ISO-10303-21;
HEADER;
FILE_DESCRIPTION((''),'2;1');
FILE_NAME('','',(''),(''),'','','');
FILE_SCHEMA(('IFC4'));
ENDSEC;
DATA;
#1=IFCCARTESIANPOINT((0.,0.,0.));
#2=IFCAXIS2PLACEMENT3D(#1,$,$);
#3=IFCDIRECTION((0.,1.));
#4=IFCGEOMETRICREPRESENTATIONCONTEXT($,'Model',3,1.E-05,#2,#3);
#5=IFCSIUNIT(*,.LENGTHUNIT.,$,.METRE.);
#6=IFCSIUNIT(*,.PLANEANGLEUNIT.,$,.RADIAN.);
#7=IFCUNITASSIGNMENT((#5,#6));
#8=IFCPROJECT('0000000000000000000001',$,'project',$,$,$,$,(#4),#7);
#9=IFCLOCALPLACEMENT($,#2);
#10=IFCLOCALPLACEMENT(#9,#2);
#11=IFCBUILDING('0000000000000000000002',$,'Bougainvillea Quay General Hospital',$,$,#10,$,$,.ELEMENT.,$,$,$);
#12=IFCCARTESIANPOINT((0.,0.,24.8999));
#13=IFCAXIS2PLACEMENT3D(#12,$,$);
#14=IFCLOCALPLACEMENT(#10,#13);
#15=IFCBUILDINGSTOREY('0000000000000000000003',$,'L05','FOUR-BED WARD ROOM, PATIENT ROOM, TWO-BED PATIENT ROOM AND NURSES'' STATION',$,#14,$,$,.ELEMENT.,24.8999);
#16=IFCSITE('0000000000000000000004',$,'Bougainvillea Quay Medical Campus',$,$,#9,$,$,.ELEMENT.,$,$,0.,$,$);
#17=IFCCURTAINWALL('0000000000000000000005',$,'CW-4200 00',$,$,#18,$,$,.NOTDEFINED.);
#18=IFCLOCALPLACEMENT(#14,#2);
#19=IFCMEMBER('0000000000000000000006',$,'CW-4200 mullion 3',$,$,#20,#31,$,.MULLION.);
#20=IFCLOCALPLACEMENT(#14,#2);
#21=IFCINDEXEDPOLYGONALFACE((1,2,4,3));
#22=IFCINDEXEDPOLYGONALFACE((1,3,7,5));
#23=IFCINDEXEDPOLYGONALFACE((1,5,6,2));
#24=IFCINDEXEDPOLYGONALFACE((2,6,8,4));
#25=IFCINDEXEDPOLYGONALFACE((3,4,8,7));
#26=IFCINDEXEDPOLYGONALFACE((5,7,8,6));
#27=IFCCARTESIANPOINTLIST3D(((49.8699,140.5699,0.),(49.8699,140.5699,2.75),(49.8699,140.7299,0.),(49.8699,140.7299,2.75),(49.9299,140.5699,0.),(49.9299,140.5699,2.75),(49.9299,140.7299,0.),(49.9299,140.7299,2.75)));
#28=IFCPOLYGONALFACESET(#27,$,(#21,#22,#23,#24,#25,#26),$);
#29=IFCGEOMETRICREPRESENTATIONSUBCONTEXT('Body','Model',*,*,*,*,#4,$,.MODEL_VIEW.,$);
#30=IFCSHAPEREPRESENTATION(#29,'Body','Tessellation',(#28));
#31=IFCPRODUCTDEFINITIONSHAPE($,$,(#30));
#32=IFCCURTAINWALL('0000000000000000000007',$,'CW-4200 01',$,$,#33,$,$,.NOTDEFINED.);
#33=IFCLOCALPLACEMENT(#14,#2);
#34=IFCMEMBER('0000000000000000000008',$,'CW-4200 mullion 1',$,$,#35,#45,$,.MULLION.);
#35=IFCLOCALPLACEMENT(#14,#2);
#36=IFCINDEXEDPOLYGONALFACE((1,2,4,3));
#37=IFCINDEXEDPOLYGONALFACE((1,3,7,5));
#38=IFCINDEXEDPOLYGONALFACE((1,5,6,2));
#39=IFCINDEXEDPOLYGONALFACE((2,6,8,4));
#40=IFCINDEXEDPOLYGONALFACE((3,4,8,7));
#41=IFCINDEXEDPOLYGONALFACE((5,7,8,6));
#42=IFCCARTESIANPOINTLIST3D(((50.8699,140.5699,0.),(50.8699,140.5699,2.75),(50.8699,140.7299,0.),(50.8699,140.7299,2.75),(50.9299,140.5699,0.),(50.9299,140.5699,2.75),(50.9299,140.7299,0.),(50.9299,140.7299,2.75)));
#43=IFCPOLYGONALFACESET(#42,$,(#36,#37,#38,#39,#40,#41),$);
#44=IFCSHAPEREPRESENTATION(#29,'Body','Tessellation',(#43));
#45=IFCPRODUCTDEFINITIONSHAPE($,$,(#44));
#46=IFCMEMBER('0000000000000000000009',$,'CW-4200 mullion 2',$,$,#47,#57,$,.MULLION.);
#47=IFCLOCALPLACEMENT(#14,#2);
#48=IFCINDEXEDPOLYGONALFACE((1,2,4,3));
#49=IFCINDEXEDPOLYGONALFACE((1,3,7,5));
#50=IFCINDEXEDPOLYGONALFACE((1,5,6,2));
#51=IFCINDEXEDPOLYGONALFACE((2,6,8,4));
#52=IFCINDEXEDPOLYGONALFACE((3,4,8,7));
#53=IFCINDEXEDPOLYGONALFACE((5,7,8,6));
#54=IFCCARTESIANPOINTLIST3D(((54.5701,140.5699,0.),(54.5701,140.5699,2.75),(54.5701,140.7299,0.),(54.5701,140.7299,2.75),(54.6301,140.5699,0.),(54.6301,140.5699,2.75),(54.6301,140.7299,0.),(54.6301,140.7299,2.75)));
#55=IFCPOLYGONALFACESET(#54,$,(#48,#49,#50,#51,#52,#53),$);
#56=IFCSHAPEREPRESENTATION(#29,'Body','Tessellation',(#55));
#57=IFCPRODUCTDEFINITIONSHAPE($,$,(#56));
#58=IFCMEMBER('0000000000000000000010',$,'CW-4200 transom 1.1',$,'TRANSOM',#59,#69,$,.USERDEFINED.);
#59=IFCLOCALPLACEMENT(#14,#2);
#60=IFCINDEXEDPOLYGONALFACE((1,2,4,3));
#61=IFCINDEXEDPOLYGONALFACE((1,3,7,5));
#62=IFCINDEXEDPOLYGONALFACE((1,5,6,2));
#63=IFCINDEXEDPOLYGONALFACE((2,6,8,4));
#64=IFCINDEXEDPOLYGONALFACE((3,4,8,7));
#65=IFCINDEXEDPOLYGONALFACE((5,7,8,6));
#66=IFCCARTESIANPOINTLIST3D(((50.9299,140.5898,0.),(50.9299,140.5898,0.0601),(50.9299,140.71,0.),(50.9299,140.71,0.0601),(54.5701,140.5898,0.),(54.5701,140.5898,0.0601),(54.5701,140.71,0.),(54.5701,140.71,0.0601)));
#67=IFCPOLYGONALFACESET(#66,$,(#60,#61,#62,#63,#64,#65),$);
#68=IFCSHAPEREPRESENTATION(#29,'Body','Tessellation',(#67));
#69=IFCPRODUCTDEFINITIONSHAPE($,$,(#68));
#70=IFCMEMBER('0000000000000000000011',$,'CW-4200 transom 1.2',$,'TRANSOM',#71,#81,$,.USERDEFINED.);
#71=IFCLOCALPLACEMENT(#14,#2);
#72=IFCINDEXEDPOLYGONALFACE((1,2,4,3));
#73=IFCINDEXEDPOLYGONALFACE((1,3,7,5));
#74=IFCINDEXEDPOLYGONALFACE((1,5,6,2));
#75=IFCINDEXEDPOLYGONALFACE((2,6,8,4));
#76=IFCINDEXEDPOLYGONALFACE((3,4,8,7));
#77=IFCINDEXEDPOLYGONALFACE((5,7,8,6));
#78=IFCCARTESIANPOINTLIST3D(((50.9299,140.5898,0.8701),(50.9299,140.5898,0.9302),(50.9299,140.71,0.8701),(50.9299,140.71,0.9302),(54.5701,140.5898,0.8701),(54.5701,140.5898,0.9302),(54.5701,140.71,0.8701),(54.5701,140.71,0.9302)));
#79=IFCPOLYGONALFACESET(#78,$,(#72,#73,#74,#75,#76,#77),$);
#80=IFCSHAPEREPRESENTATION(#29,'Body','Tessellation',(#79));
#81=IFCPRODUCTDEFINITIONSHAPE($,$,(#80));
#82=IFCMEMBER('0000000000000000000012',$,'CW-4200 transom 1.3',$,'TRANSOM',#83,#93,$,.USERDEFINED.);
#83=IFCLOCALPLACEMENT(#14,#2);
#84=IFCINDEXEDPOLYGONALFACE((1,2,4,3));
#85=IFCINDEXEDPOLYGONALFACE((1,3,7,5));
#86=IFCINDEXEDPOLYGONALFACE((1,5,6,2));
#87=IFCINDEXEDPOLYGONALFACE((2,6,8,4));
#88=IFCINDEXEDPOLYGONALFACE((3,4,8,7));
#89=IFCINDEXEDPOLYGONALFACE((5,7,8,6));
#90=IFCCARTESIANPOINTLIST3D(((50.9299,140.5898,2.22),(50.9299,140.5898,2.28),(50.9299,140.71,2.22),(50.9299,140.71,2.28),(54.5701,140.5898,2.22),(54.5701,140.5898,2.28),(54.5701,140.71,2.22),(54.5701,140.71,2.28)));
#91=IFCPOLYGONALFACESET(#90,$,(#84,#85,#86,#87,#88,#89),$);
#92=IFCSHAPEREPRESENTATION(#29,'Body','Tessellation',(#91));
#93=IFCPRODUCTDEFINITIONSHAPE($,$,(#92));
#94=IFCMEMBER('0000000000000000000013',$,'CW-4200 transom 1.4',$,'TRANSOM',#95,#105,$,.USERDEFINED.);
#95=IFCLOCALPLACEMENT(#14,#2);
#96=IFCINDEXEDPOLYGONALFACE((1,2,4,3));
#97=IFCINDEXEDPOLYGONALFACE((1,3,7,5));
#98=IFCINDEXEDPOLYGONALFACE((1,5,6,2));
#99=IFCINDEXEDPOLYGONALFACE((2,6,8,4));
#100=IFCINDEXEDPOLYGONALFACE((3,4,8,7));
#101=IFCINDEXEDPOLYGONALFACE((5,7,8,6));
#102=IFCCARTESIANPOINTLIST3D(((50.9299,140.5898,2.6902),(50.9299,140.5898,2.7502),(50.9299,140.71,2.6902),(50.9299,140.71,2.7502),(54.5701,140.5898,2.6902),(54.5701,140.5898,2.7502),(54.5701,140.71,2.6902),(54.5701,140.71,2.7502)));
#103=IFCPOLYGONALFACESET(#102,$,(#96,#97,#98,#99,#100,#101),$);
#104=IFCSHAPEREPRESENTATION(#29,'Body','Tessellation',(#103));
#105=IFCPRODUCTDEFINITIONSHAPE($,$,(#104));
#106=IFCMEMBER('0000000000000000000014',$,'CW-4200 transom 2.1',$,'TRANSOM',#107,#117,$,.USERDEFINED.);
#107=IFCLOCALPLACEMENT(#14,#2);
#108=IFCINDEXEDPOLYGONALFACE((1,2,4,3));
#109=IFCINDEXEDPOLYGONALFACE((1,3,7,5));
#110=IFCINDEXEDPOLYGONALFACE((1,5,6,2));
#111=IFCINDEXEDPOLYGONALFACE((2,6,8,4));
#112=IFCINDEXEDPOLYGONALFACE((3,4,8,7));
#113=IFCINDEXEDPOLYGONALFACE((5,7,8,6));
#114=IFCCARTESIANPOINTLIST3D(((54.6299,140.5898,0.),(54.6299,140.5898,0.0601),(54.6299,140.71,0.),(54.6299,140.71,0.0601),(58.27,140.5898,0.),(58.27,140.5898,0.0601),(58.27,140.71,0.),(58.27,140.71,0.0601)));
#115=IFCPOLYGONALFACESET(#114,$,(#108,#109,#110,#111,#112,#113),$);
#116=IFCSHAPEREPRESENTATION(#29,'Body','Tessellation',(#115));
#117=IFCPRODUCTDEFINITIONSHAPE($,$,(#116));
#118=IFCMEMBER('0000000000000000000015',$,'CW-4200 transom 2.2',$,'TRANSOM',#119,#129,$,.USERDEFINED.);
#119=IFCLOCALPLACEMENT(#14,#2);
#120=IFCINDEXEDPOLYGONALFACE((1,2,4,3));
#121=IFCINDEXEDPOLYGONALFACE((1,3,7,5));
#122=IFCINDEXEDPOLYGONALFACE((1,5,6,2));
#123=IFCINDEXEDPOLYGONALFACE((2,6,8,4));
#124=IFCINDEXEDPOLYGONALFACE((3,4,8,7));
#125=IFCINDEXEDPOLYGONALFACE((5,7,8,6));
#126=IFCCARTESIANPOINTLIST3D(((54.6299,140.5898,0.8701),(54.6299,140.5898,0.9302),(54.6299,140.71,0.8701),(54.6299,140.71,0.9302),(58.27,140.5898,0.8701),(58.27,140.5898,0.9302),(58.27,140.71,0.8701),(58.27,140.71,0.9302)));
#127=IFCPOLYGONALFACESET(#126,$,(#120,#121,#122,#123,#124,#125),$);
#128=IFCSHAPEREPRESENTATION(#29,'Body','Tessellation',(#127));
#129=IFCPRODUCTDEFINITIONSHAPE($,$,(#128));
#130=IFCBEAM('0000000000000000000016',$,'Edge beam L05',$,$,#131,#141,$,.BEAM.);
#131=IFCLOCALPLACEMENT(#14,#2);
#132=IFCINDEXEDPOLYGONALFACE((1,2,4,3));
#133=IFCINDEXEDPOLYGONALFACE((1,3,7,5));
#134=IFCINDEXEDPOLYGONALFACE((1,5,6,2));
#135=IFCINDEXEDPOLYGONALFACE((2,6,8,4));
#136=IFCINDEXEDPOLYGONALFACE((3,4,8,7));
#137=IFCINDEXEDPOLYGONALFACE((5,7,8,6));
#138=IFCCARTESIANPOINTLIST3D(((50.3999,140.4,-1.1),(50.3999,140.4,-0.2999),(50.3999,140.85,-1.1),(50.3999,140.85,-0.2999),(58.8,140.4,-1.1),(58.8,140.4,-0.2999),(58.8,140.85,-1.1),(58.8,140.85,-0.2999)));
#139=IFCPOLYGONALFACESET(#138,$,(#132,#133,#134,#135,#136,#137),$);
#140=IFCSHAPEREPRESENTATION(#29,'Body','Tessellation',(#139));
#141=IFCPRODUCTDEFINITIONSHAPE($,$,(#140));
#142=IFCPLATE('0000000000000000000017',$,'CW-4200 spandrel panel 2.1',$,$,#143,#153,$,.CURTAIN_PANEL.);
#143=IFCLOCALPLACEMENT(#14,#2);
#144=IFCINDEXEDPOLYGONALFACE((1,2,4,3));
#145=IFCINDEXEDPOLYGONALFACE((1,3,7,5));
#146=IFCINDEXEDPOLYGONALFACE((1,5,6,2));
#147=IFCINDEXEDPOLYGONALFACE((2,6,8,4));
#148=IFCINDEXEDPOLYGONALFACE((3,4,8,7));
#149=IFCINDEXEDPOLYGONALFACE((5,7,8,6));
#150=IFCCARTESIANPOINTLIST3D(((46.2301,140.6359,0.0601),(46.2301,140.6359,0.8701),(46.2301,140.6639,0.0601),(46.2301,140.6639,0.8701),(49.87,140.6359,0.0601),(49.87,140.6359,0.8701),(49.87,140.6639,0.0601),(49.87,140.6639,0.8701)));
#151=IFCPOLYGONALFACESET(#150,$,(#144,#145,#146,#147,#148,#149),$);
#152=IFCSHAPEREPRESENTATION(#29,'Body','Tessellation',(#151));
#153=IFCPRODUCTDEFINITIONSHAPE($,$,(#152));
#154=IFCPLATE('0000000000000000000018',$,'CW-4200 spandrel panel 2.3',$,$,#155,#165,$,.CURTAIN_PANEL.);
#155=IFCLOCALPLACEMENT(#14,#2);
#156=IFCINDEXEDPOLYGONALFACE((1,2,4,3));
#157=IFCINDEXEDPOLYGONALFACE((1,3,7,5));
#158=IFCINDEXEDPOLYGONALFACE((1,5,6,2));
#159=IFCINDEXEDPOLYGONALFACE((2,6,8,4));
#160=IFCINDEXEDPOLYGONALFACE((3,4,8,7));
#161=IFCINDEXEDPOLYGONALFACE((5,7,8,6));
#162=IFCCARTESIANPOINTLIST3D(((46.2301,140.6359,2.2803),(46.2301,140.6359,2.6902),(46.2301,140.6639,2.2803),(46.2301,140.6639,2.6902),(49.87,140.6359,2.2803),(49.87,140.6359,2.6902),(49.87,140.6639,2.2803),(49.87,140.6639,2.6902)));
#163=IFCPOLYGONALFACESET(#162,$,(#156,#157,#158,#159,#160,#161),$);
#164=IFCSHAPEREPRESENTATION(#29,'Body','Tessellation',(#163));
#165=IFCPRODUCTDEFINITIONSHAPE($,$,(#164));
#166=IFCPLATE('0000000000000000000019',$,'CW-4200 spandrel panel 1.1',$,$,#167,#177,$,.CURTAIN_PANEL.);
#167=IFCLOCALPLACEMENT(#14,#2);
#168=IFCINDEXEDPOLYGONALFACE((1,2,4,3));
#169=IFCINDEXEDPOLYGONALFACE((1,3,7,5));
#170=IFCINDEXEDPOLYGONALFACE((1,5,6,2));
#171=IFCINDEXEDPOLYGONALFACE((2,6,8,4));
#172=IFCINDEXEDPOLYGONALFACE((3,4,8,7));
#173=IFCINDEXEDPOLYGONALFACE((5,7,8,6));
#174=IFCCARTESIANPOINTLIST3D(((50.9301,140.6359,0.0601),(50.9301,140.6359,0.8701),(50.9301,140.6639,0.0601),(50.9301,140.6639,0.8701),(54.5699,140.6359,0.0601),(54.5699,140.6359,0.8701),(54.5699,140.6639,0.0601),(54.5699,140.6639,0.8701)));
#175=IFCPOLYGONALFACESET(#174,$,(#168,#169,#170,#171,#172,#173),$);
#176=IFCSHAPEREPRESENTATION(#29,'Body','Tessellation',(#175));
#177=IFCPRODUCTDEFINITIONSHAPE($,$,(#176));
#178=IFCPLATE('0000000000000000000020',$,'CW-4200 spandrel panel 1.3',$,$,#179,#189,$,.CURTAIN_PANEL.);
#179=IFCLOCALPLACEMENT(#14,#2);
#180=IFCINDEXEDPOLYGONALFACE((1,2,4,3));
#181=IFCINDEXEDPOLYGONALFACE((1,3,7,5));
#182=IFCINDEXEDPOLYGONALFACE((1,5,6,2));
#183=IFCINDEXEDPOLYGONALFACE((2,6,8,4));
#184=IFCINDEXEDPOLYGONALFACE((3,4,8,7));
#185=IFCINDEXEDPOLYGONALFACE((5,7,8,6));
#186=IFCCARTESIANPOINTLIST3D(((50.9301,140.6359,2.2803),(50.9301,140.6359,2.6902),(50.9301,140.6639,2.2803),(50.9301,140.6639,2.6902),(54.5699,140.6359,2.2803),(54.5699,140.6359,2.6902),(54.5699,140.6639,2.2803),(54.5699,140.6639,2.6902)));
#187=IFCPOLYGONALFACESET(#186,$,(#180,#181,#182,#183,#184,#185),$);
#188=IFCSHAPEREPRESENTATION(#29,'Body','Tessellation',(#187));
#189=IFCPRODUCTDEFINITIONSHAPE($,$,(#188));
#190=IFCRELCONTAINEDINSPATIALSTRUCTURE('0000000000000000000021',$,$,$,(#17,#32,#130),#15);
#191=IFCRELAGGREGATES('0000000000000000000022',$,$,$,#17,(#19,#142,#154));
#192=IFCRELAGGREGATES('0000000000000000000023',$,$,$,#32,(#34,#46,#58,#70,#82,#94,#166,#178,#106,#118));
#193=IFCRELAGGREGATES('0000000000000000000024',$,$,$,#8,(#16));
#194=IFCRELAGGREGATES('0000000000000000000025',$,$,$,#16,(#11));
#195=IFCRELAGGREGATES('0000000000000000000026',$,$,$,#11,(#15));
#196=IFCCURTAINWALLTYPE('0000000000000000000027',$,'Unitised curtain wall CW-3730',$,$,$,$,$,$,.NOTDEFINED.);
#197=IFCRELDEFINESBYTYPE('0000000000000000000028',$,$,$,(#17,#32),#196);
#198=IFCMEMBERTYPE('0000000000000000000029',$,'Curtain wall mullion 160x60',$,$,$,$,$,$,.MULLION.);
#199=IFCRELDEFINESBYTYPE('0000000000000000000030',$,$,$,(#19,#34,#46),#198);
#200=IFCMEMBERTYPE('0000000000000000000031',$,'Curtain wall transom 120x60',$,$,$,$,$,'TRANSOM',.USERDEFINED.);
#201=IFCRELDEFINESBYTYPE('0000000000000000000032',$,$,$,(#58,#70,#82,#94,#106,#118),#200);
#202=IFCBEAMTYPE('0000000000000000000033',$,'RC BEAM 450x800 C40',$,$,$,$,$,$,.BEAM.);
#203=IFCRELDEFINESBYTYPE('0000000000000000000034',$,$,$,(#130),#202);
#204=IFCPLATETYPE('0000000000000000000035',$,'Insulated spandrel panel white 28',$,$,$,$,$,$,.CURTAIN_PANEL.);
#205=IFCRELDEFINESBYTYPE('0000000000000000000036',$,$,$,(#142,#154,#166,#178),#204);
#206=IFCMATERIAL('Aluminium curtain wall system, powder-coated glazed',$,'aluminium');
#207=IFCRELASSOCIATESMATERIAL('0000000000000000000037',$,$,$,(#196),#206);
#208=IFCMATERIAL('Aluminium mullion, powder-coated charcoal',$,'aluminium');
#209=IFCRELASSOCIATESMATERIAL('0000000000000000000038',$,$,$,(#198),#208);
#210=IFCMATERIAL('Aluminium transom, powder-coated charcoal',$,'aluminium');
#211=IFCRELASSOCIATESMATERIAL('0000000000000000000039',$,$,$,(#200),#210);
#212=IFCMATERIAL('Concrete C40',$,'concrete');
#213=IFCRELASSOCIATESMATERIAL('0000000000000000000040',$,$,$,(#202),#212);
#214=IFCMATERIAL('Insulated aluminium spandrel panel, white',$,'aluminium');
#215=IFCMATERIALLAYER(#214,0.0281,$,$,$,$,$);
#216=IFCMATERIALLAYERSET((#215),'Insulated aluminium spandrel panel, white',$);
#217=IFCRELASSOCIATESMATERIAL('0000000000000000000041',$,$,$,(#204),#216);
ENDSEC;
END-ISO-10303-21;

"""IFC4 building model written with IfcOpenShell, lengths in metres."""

from ifc_helpers import new_model, si_unit, direction, frame, origin, origin_2d, place, context, subcontext, project, spatial, rectangle, extrude, material, layer, layer_set, material_profile, profile_set, type_object, element, aggregate, save


model = new_model("IFC4")

# Units and contexts
model_context = context("Model", 3, precision=1e-05, world=origin(), true_north=direction((0.0, 1.0)))
body_context = subcontext(model_context, "Body", "Model", "MODEL_VIEW")
ifc_project = project(units=[si_unit("LENGTHUNIT", "METRE"), si_unit("PLANEANGLEUNIT", "RADIAN")], contexts=[model_context])

# Site, building, storey
site_placement = place(None, origin())
site = spatial("IfcSite", under=ifc_project, at=site_placement, Name="Bougainvillea Quay Medical Campus", CompositionType="ELEMENT", RefElevation=0.0)
building_placement = place(site_placement, origin())
building = spatial("IfcBuilding", under=site, at=building_placement, Name="Bougainvillea Quay General Hospital", CompositionType="ELEMENT")
storey_placement = place(building_placement, frame((0.0, 0.0, 24.8999)))
storey = spatial("IfcBuildingStorey", under=building, at=storey_placement, Name="L05", Description="FOUR-BED WARD ROOM, PATIENT ROOM, TWO-BED PATIENT ROOM AND NURSES' STATION", CompositionType="ELEMENT", Elevation=24.8999)

# Curtain wall, member
ifc_material_1 = material(Name="Aluminium curtain wall system, powder-coated glazed", Category="aluminium")
curtain_wall_type = type_object("IfcCurtainWallType", Name="Unitised curtain wall CW-3730", PredefinedType="NOTDEFINED", material=ifc_material_1)
curtain_wall_1_placement = place(storey_placement, origin())
curtain_wall_1 = element("IfcCurtainWall", 1, at=curtain_wall_1_placement, inside=storey, type_object=curtain_wall_type, Name="CW-4200 00", PredefinedType="NOTDEFINED")
ifc_material_2 = material(Name="Aluminium mullion, powder-coated charcoal", Category="aluminium")
ifc_material_profile_1 = material_profile(ifc_material_2, rectangle(XDim=0.1599, YDim=0.0601, at=origin_2d()))
ifc_profile_set_1 = profile_set([ifc_material_profile_1], Name="Aluminium mullion, powder-coated charcoal")
member_type_1 = type_object("IfcMemberType", Name="Curtain wall mullion 160x60", PredefinedType="MULLION", material=ifc_profile_set_1)
member_1_placement = place(storey_placement, frame((49.8999, 140.6499, 0.0), z_axis=(0.0, 0.0, 1.0), x_axis=(0.0, 1.0, 0.0)))
member_1 = element("IfcMember", 2, at=member_1_placement, type_object=member_type_1, Name="CW-4200 mullion 3", PredefinedType="MULLION", context=body_context, shape_type="SweptSolid", body=[
    extrude(rectangle(XDim=0.1599, YDim=0.0601, at=origin_2d()), origin(), (0.0, 0.0, 1.0), 2.75),
])

# Curtain wall, members
curtain_wall_2_placement = place(storey_placement, origin())
curtain_wall_2 = element("IfcCurtainWall", 3, at=curtain_wall_2_placement, inside=storey, type_object=curtain_wall_type, Name="CW-4200 01", PredefinedType="NOTDEFINED")
member_2_placement = place(storey_placement, frame((50.8999, 140.6499, 0.0), z_axis=(0.0, 0.0, 1.0), x_axis=(0.0, 1.0, 0.0)))
member_2 = element("IfcMember", 4, at=member_2_placement, type_object=member_type_1, Name="CW-4200 mullion 1", PredefinedType="MULLION", context=body_context, shape_type="SweptSolid", body=[
    extrude(rectangle(XDim=0.1599, YDim=0.0601, at=origin_2d()), origin(), (0.0, 0.0, 1.0), 2.75),
])
member_3_placement = place(storey_placement, frame((54.6001, 140.6499, 0.0), z_axis=(0.0, 0.0, 1.0), x_axis=(0.0, 1.0, 0.0)))
member_3 = element("IfcMember", 5, at=member_3_placement, type_object=member_type_1, Name="CW-4200 mullion 2", PredefinedType="MULLION", context=body_context, shape_type="SweptSolid", body=[
    extrude(rectangle(XDim=0.1599, YDim=0.0601, at=origin_2d()), origin(), (0.0, 0.0, 1.0), 2.75),
])
ifc_material_3 = material(Name="Aluminium transom, powder-coated charcoal", Category="aluminium")
ifc_material_profile_2 = material_profile(ifc_material_3, rectangle(XDim=0.1201, YDim=0.0601, at=origin_2d()))
ifc_profile_set_2 = profile_set([ifc_material_profile_2], Name="Aluminium transom, powder-coated charcoal")
member_type_2 = type_object("IfcMemberType", Name="Curtain wall transom 120x60", ElementType="TRANSOM", PredefinedType="USERDEFINED", material=ifc_profile_set_2)
member_4_placement = place(storey_placement, frame((50.9299, 140.6499, 0.03), z_axis=(1.0, 0.0, 0.0), x_axis=(0.0, 1.0, 0.0)))
member_4 = element("IfcMember", 6, at=member_4_placement, type_object=member_type_2, Name="CW-4200 transom 1.1", ObjectType="TRANSOM", PredefinedType="USERDEFINED", context=body_context, shape_type="SweptSolid", body=[
    extrude(rectangle(XDim=0.1201, YDim=0.0601, at=origin_2d()), origin(), (0.0, 0.0, 1.0), 3.6401),
])
member_5_placement = place(storey_placement, frame((50.9299, 140.6499, 0.9001), z_axis=(1.0, 0.0, 0.0), x_axis=(0.0, 1.0, 0.0)))
member_5 = element("IfcMember", 7, at=member_5_placement, type_object=member_type_2, Name="CW-4200 transom 1.2", ObjectType="TRANSOM", PredefinedType="USERDEFINED", context=body_context, shape_type="SweptSolid", body=[
    extrude(rectangle(XDim=0.1201, YDim=0.0601, at=origin_2d()), origin(), (0.0, 0.0, 1.0), 3.6401),
])
member_6_placement = place(storey_placement, frame((50.9299, 140.6499, 2.25), z_axis=(1.0, 0.0, 0.0), x_axis=(0.0, 1.0, 0.0)))
member_6 = element("IfcMember", 8, at=member_6_placement, type_object=member_type_2, Name="CW-4200 transom 1.3", ObjectType="TRANSOM", PredefinedType="USERDEFINED", context=body_context, shape_type="SweptSolid", body=[
    extrude(rectangle(XDim=0.1201, YDim=0.0601, at=origin_2d()), origin(), (0.0, 0.0, 1.0), 3.6401),
])
member_7_placement = place(storey_placement, frame((50.9299, 140.6499, 2.7202), z_axis=(1.0, 0.0, 0.0), x_axis=(0.0, 1.0, 0.0)))
member_7 = element("IfcMember", 9, at=member_7_placement, type_object=member_type_2, Name="CW-4200 transom 1.4", ObjectType="TRANSOM", PredefinedType="USERDEFINED", context=body_context, shape_type="SweptSolid", body=[
    extrude(rectangle(XDim=0.1201, YDim=0.0601, at=origin_2d()), origin(), (0.0, 0.0, 1.0), 3.6401),
])
member_8_placement = place(storey_placement, frame((54.6299, 140.6499, 0.03), z_axis=(1.0, 0.0, 0.0), x_axis=(0.0, 1.0, 0.0)))
member_8 = element("IfcMember", 10, at=member_8_placement, type_object=member_type_2, Name="CW-4200 transom 2.1", ObjectType="TRANSOM", PredefinedType="USERDEFINED", context=body_context, shape_type="SweptSolid", body=[
    extrude(rectangle(XDim=0.1201, YDim=0.0601, at=origin_2d()), origin(), (0.0, 0.0, 1.0), 3.6401),
])
member_9_placement = place(storey_placement, frame((54.6299, 140.6499, 0.9001), z_axis=(1.0, 0.0, 0.0), x_axis=(0.0, 1.0, 0.0)))
member_9 = element("IfcMember", 11, at=member_9_placement, type_object=member_type_2, Name="CW-4200 transom 2.2", ObjectType="TRANSOM", PredefinedType="USERDEFINED", context=body_context, shape_type="SweptSolid", body=[
    extrude(rectangle(XDim=0.1201, YDim=0.0601, at=origin_2d()), origin(), (0.0, 0.0, 1.0), 3.6401),
])

# Beam
ifc_material_4 = material(Name="Concrete C40", Category="concrete")
ifc_material_profile_3 = material_profile(ifc_material_4, rectangle(XDim=0.45, YDim=0.8, at=origin_2d()))
ifc_profile_set_3 = profile_set([ifc_material_profile_3], Name="Concrete C40")
beam_type = type_object("IfcBeamType", Name="RC BEAM 450x800 C40", PredefinedType="BEAM", material=ifc_profile_set_3)
beam_placement = place(storey_placement, frame((50.3999, 140.625, -0.7), z_axis=(1.0, 0.0, 0.0), x_axis=(0.0, 1.0, 0.0)))
element("IfcBeam", 12, at=beam_placement, inside=storey, type_object=beam_type, Name="Edge beam L05", PredefinedType="BEAM", context=body_context, shape_type="SweptSolid", body=[
    extrude(rectangle(XDim=0.45, YDim=0.8, at=origin_2d()), origin(), (0.0, 0.0, 1.0), 8.4001),
])

# Plates
ifc_material_5 = material(Name="Insulated aluminium spandrel panel, white", Category="aluminium")
ifc_layer_1 = layer(ifc_material_5, 0.0281)
ifc_layer_set_1 = layer_set([ifc_layer_1], Name="Insulated aluminium spandrel panel, white")
plate_type_1 = type_object("IfcPlateType", Name="Insulated spandrel panel white 28", PredefinedType="CURTAIN_PANEL", material=ifc_layer_set_1)
plate_1_placement = place(storey_placement, frame((48.05, 140.6499, 0.0601), z_axis=(0.0, 0.0, 1.0), x_axis=(1.0, 0.0, 0.0)))
plate_1 = element("IfcPlate", 13, at=plate_1_placement, type_object=plate_type_1, Name="CW-4200 spandrel panel 2.1", PredefinedType="CURTAIN_PANEL", context=body_context, shape_type="SweptSolid", body=[
    extrude(rectangle(XDim=3.6399, YDim=0.0281, at=origin_2d()), origin(), (0.0, 0.0, 1.0), 0.8101),
])
plate_2_placement = place(storey_placement, frame((48.05, 140.6499, 2.2803), z_axis=(0.0, 0.0, 1.0), x_axis=(1.0, 0.0, 0.0)))
plate_2 = element("IfcPlate", 14, at=plate_2_placement, type_object=plate_type_1, Name="CW-4200 spandrel panel 2.3", PredefinedType="CURTAIN_PANEL", context=body_context, shape_type="SweptSolid", body=[
    extrude(rectangle(XDim=3.6399, YDim=0.0281, at=origin_2d()), origin(), (0.0, 0.0, 1.0), 0.4099),
])
plate_3_placement = place(storey_placement, frame((52.75, 140.6499, 0.0601), z_axis=(0.0, 0.0, 1.0), x_axis=(1.0, 0.0, 0.0)))
plate_3 = element("IfcPlate", 15, at=plate_3_placement, type_object=plate_type_1, Name="CW-4200 spandrel panel 1.1", PredefinedType="CURTAIN_PANEL", context=body_context, shape_type="SweptSolid", body=[
    extrude(rectangle(XDim=3.6399, YDim=0.0281, at=origin_2d()), origin(), (0.0, 0.0, 1.0), 0.8101),
])
plate_4_placement = place(storey_placement, frame((52.75, 140.6499, 2.2803), z_axis=(0.0, 0.0, 1.0), x_axis=(1.0, 0.0, 0.0)))
plate_4 = element("IfcPlate", 16, at=plate_4_placement, type_object=plate_type_1, Name="CW-4200 spandrel panel 1.3", PredefinedType="CURTAIN_PANEL", context=body_context, shape_type="SweptSolid", body=[
    extrude(rectangle(XDim=3.6399, YDim=0.0281, at=origin_2d()), origin(), (0.0, 0.0, 1.0), 0.4099),
])
aggregate(curtain_wall_1, [member_1, plate_1, plate_2])
aggregate(curtain_wall_2, [member_2, member_3, member_4, member_5, member_6, member_7, plate_3, plate_4, member_8, member_9])

save(model, "model.ifc")
